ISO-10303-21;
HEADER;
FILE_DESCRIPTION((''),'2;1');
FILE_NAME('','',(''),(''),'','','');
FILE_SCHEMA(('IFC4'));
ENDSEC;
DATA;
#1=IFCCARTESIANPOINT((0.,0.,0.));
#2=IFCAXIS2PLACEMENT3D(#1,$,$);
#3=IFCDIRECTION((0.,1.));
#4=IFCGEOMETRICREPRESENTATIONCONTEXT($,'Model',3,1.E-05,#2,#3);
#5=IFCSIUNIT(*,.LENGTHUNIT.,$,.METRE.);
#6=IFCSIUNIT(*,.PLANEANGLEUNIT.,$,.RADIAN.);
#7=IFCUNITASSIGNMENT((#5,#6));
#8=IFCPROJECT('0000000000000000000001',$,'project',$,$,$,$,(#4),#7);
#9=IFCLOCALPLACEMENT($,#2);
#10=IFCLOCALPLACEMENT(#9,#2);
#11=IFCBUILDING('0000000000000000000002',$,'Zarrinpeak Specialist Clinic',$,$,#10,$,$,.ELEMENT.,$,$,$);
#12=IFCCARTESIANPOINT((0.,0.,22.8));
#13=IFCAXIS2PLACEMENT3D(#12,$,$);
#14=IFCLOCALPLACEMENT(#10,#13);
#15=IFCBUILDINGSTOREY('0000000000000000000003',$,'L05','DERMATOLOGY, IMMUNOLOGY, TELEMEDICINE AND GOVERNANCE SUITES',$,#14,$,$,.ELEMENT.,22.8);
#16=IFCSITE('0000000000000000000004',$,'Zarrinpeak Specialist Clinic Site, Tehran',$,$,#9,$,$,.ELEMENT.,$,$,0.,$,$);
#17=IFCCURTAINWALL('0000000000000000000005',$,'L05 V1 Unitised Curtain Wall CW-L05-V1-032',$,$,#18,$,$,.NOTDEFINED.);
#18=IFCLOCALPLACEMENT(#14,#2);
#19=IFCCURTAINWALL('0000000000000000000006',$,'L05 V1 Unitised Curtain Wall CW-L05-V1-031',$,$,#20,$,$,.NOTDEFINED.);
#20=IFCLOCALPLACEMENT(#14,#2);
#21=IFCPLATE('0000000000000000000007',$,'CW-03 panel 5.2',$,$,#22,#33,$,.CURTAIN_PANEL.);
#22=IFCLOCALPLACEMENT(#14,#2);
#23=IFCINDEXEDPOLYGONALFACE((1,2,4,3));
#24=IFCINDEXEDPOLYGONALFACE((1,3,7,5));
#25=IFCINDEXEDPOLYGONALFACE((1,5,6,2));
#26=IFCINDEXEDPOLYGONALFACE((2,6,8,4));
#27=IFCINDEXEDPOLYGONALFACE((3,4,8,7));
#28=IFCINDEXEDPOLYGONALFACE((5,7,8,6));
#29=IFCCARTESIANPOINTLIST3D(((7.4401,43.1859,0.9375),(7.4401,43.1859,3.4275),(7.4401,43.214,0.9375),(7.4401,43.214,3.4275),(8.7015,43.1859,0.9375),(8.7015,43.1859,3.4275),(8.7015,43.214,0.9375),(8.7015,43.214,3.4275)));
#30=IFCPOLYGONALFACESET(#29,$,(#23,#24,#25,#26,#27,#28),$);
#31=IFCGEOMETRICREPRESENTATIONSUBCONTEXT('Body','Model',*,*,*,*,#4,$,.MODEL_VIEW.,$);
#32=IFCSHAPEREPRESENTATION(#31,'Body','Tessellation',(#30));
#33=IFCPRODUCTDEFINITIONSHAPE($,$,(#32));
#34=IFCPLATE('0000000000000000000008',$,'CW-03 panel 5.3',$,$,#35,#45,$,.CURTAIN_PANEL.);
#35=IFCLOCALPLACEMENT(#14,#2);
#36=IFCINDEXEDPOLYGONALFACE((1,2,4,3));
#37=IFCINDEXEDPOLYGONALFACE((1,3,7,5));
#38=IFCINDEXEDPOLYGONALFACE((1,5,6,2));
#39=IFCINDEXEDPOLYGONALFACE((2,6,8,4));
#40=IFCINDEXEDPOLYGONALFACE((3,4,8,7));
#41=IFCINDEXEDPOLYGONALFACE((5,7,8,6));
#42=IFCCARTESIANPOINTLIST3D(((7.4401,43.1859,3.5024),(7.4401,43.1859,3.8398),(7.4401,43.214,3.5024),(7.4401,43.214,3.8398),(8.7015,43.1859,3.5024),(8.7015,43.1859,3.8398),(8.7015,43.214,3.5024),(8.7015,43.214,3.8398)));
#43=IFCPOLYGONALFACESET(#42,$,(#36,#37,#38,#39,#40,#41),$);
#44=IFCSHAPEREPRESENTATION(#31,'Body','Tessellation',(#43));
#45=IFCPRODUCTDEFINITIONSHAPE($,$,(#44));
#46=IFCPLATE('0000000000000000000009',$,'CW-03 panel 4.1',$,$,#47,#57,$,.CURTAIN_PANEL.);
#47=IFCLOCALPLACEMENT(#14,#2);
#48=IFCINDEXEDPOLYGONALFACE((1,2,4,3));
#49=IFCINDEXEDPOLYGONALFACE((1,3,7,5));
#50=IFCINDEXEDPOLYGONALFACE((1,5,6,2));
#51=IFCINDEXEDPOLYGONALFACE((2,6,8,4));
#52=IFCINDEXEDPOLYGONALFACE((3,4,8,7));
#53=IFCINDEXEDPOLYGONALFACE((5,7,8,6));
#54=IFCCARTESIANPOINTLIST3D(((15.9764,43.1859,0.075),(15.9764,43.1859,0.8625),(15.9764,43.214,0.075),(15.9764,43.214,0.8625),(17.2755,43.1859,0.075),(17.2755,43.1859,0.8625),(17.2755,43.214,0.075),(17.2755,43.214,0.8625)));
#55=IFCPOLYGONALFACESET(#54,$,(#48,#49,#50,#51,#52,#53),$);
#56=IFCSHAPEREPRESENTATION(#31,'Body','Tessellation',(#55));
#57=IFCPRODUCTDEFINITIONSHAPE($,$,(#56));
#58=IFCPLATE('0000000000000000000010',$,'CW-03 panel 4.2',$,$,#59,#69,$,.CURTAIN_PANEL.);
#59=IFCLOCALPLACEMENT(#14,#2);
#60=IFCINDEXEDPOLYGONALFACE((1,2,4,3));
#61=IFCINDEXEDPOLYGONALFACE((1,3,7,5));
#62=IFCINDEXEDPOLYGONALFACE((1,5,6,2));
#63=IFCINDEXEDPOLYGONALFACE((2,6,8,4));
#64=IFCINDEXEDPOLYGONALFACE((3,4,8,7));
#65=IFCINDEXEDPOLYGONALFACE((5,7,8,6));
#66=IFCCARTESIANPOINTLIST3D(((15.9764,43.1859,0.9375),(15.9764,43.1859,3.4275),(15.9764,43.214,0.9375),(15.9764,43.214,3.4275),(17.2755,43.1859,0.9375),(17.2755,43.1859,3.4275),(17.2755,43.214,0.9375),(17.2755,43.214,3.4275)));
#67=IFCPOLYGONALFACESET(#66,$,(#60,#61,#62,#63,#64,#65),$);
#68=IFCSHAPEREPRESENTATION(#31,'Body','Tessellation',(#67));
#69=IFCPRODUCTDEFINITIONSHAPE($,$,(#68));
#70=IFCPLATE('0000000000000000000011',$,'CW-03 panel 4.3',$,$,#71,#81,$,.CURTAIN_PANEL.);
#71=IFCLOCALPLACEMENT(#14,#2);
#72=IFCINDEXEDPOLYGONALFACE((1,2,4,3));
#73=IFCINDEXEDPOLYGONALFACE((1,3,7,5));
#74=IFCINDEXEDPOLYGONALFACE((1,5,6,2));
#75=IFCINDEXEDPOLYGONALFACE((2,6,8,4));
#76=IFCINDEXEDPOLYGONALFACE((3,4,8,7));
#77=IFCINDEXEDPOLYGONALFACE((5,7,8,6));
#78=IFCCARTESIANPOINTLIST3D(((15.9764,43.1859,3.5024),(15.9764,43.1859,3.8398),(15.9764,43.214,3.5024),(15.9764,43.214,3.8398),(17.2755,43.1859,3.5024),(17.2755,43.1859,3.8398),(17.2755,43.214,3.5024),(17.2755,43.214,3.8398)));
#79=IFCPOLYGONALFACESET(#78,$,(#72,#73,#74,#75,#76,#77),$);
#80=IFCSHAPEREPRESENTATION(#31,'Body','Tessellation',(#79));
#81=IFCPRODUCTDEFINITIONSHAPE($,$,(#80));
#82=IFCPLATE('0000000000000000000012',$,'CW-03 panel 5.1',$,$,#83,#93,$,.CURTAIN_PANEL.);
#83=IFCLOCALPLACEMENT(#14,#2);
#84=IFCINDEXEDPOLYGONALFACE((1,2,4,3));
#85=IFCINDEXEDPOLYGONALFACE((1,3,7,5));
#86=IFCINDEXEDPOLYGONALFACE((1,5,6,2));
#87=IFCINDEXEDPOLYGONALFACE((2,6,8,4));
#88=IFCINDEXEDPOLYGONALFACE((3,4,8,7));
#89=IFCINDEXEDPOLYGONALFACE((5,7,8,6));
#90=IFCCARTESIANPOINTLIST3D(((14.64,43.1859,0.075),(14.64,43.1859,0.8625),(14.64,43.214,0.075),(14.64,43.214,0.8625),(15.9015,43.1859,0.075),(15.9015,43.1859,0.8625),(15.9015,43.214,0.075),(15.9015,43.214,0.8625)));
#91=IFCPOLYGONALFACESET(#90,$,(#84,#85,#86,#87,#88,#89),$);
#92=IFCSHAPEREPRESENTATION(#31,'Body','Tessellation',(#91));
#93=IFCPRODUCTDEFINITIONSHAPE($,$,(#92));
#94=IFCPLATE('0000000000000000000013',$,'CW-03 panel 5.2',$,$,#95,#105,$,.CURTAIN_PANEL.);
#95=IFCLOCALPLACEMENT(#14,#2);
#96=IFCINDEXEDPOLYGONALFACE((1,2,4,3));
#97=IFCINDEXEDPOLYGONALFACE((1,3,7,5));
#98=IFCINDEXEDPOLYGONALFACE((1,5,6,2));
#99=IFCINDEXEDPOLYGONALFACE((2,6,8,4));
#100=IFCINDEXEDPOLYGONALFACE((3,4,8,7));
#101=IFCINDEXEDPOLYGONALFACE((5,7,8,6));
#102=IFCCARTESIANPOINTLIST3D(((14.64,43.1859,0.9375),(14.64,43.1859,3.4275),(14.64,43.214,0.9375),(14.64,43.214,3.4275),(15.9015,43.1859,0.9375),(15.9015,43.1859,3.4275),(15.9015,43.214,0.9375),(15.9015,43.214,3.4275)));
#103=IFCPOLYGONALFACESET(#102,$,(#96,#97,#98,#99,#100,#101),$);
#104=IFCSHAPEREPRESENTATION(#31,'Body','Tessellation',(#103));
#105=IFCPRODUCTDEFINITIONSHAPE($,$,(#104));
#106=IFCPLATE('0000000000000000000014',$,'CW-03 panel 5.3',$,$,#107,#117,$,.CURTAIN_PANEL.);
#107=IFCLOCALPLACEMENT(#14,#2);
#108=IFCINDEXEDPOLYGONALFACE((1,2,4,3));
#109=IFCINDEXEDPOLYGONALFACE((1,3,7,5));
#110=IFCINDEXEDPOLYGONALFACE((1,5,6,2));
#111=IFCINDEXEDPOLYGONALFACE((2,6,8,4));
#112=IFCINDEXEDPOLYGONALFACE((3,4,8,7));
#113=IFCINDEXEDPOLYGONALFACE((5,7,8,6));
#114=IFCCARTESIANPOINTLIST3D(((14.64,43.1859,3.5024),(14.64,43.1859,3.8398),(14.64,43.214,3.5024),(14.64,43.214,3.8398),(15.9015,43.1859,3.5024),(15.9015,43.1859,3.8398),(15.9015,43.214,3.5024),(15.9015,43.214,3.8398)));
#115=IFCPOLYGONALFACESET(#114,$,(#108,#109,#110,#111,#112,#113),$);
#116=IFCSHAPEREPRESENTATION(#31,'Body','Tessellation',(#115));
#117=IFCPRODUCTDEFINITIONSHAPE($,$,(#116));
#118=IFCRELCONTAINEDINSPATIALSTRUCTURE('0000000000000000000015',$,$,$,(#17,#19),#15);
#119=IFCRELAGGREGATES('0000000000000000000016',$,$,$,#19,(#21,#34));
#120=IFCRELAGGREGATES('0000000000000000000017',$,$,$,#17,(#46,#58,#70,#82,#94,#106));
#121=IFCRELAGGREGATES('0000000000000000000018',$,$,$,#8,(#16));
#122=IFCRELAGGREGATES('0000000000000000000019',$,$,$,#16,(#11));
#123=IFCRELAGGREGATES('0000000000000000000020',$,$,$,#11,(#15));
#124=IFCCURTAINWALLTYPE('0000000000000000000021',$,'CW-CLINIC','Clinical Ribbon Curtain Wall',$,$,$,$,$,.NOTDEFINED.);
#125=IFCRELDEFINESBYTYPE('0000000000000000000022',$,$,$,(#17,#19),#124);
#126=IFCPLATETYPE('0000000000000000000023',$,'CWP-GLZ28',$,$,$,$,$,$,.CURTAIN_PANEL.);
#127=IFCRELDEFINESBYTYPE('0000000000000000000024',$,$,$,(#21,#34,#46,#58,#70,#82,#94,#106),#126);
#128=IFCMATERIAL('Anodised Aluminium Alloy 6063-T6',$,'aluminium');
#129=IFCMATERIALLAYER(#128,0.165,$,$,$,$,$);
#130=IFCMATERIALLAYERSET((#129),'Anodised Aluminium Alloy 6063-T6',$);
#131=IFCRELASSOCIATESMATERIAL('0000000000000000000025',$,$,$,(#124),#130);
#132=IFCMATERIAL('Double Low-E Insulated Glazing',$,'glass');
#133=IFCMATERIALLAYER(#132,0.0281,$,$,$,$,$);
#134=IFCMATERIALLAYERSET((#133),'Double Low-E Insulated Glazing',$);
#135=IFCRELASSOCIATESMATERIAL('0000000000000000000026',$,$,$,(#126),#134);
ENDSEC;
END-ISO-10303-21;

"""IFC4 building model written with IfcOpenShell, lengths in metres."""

from ifc_helpers import new_model, si_unit, direction, frame, origin, origin_2d, place, context, subcontext, project, spatial, rectangle, extrude, material, layer, layer_set, type_object, element, aggregate, save


model = new_model("IFC4")

# Units and contexts
model_context = context("Model", 3, precision=1e-05, world=origin(), true_north=direction((0.0, 1.0)))
body_context = subcontext(model_context, "Body", "Model", "MODEL_VIEW")
ifc_project = project(units=[si_unit("LENGTHUNIT", "METRE"), si_unit("PLANEANGLEUNIT", "RADIAN")], contexts=[model_context])

# Site, building, storey
site_placement = place(None, origin())
site = spatial("IfcSite", under=ifc_project, at=site_placement, Name="Zarrinpeak Specialist Clinic Site, Tehran", CompositionType="ELEMENT", RefElevation=0.0)
building_placement = place(site_placement, origin())
building = spatial("IfcBuilding", under=site, at=building_placement, Name="Zarrinpeak Specialist Clinic", CompositionType="ELEMENT")
storey_placement = place(building_placement, frame((0.0, 0.0, 22.8)))
storey = spatial("IfcBuildingStorey", under=building, at=storey_placement, Name="L05", Description="DERMATOLOGY, IMMUNOLOGY, TELEMEDICINE AND GOVERNANCE SUITES", CompositionType="ELEMENT", Elevation=22.8)

# Curtain walls
ifc_material_1 = material(Name="Anodised Aluminium Alloy 6063-T6", Category="aluminium")
ifc_layer_1 = layer(ifc_material_1, 0.165)
ifc_layer_set_1 = layer_set([ifc_layer_1], Name="Anodised Aluminium Alloy 6063-T6")
curtain_wall_type = type_object("IfcCurtainWallType", Name="CW-CLINIC", Description="Clinical Ribbon Curtain Wall", PredefinedType="NOTDEFINED", material=ifc_layer_set_1)
curtain_wall_1_placement = place(storey_placement, origin())
curtain_wall_1 = element("IfcCurtainWall", 1, at=curtain_wall_1_placement, inside=storey, type_object=curtain_wall_type, Name="L05 V1 Unitised Curtain Wall CW-L05-V1-032", PredefinedType="NOTDEFINED")
curtain_wall_2_placement = place(storey_placement, origin())
curtain_wall_2 = element("IfcCurtainWall", 2, at=curtain_wall_2_placement, inside=storey, type_object=curtain_wall_type, Name="L05 V1 Unitised Curtain Wall CW-L05-V1-031", PredefinedType="NOTDEFINED")

# Plates
ifc_material_2 = material(Name="Double Low-E Insulated Glazing", Category="glass")
ifc_layer_2 = layer(ifc_material_2, 0.0281)
ifc_layer_set_2 = layer_set([ifc_layer_2], Name="Double Low-E Insulated Glazing")
plate_type = type_object("IfcPlateType", Name="CWP-GLZ28", PredefinedType="CURTAIN_PANEL", material=ifc_layer_set_2)
plate_1_placement = place(storey_placement, frame((8.0708, 43.2, 0.9375), z_axis=(0.0, 0.0, 1.0), x_axis=(-1.0, 0.0, 0.0)))
plate_1 = element("IfcPlate", 3, at=plate_1_placement, type_object=plate_type, Name="CW-03 panel 5.2", PredefinedType="CURTAIN_PANEL", context=body_context, shape_type="SweptSolid", body=[
    extrude(rectangle(XDim=1.2615, YDim=0.0281, at=origin_2d()), origin(), (0.0, 0.0, 1.0), 2.49),
])
plate_2_placement = place(storey_placement, frame((8.0708, 43.2, 3.5024), z_axis=(0.0, 0.0, 1.0), x_axis=(-1.0, 0.0, 0.0)))
plate_2 = element("IfcPlate", 4, at=plate_2_placement, type_object=plate_type, Name="CW-03 panel 5.3", PredefinedType="CURTAIN_PANEL", context=body_context, shape_type="SweptSolid", body=[
    extrude(rectangle(XDim=1.2615, YDim=0.0281, at=origin_2d()), origin(), (0.0, 0.0, 1.0), 0.3374),
])
aggregate(curtain_wall_2, [plate_1, plate_2])
plate_3_placement = place(storey_placement, frame((16.626, 43.2, 0.075), z_axis=(0.0, 0.0, 1.0), x_axis=(-1.0, 0.0, 0.0)))
plate_3 = element("IfcPlate", 5, at=plate_3_placement, type_object=plate_type, Name="CW-03 panel 4.1", PredefinedType="CURTAIN_PANEL", context=body_context, shape_type="SweptSolid", body=[
    extrude(rectangle(XDim=1.2991, YDim=0.0281, at=origin_2d()), origin(), (0.0, 0.0, 1.0), 0.7876),
])
plate_4_placement = place(storey_placement, frame((16.626, 43.2, 0.9375), z_axis=(0.0, 0.0, 1.0), x_axis=(-1.0, 0.0, 0.0)))
plate_4 = element("IfcPlate", 6, at=plate_4_placement, type_object=plate_type, Name="CW-03 panel 4.2", PredefinedType="CURTAIN_PANEL", context=body_context, shape_type="SweptSolid", body=[
    extrude(rectangle(XDim=1.2991, YDim=0.0281, at=origin_2d()), origin(), (0.0, 0.0, 1.0), 2.49),
])
plate_5_placement = place(storey_placement, frame((16.626, 43.2, 3.5024), z_axis=(0.0, 0.0, 1.0), x_axis=(-1.0, 0.0, 0.0)))
plate_5 = element("IfcPlate", 7, at=plate_5_placement, type_object=plate_type, Name="CW-03 panel 4.3", PredefinedType="CURTAIN_PANEL", context=body_context, shape_type="SweptSolid", body=[
    extrude(rectangle(XDim=1.2991, YDim=0.0281, at=origin_2d()), origin(), (0.0, 0.0, 1.0), 0.3374),
])
plate_6_placement = place(storey_placement, frame((15.2708, 43.2, 0.075), z_axis=(0.0, 0.0, 1.0), x_axis=(-1.0, 0.0, 0.0)))
plate_6 = element("IfcPlate", 8, at=plate_6_placement, type_object=plate_type, Name="CW-03 panel 5.1", PredefinedType="CURTAIN_PANEL", context=body_context, shape_type="SweptSolid", body=[
    extrude(rectangle(XDim=1.2615, YDim=0.0281, at=origin_2d()), origin(), (0.0, 0.0, 1.0), 0.7876),
])
plate_7_placement = place(storey_placement, frame((15.2708, 43.2, 0.9375), z_axis=(0.0, 0.0, 1.0), x_axis=(-1.0, 0.0, 0.0)))
plate_7 = element("IfcPlate", 9, at=plate_7_placement, type_object=plate_type, Name="CW-03 panel 5.2", PredefinedType="CURTAIN_PANEL", context=body_context, shape_type="SweptSolid", body=[
    extrude(rectangle(XDim=1.2615, YDim=0.0281, at=origin_2d()), origin(), (0.0, 0.0, 1.0), 2.49),
])
plate_8_placement = place(storey_placement, frame((15.2708, 43.2, 3.5024), z_axis=(0.0, 0.0, 1.0), x_axis=(-1.0, 0.0, 0.0)))
plate_8 = element("IfcPlate", 10, at=plate_8_placement, type_object=plate_type, Name="CW-03 panel 5.3", PredefinedType="CURTAIN_PANEL", context=body_context, shape_type="SweptSolid", body=[
    extrude(rectangle(XDim=1.2615, YDim=0.0281, at=origin_2d()), origin(), (0.0, 0.0, 1.0), 0.3374),
])
aggregate(curtain_wall_1, [plate_3, plate_4, plate_5, plate_6, plate_7, plate_8])

save(model, "model.ifc")
